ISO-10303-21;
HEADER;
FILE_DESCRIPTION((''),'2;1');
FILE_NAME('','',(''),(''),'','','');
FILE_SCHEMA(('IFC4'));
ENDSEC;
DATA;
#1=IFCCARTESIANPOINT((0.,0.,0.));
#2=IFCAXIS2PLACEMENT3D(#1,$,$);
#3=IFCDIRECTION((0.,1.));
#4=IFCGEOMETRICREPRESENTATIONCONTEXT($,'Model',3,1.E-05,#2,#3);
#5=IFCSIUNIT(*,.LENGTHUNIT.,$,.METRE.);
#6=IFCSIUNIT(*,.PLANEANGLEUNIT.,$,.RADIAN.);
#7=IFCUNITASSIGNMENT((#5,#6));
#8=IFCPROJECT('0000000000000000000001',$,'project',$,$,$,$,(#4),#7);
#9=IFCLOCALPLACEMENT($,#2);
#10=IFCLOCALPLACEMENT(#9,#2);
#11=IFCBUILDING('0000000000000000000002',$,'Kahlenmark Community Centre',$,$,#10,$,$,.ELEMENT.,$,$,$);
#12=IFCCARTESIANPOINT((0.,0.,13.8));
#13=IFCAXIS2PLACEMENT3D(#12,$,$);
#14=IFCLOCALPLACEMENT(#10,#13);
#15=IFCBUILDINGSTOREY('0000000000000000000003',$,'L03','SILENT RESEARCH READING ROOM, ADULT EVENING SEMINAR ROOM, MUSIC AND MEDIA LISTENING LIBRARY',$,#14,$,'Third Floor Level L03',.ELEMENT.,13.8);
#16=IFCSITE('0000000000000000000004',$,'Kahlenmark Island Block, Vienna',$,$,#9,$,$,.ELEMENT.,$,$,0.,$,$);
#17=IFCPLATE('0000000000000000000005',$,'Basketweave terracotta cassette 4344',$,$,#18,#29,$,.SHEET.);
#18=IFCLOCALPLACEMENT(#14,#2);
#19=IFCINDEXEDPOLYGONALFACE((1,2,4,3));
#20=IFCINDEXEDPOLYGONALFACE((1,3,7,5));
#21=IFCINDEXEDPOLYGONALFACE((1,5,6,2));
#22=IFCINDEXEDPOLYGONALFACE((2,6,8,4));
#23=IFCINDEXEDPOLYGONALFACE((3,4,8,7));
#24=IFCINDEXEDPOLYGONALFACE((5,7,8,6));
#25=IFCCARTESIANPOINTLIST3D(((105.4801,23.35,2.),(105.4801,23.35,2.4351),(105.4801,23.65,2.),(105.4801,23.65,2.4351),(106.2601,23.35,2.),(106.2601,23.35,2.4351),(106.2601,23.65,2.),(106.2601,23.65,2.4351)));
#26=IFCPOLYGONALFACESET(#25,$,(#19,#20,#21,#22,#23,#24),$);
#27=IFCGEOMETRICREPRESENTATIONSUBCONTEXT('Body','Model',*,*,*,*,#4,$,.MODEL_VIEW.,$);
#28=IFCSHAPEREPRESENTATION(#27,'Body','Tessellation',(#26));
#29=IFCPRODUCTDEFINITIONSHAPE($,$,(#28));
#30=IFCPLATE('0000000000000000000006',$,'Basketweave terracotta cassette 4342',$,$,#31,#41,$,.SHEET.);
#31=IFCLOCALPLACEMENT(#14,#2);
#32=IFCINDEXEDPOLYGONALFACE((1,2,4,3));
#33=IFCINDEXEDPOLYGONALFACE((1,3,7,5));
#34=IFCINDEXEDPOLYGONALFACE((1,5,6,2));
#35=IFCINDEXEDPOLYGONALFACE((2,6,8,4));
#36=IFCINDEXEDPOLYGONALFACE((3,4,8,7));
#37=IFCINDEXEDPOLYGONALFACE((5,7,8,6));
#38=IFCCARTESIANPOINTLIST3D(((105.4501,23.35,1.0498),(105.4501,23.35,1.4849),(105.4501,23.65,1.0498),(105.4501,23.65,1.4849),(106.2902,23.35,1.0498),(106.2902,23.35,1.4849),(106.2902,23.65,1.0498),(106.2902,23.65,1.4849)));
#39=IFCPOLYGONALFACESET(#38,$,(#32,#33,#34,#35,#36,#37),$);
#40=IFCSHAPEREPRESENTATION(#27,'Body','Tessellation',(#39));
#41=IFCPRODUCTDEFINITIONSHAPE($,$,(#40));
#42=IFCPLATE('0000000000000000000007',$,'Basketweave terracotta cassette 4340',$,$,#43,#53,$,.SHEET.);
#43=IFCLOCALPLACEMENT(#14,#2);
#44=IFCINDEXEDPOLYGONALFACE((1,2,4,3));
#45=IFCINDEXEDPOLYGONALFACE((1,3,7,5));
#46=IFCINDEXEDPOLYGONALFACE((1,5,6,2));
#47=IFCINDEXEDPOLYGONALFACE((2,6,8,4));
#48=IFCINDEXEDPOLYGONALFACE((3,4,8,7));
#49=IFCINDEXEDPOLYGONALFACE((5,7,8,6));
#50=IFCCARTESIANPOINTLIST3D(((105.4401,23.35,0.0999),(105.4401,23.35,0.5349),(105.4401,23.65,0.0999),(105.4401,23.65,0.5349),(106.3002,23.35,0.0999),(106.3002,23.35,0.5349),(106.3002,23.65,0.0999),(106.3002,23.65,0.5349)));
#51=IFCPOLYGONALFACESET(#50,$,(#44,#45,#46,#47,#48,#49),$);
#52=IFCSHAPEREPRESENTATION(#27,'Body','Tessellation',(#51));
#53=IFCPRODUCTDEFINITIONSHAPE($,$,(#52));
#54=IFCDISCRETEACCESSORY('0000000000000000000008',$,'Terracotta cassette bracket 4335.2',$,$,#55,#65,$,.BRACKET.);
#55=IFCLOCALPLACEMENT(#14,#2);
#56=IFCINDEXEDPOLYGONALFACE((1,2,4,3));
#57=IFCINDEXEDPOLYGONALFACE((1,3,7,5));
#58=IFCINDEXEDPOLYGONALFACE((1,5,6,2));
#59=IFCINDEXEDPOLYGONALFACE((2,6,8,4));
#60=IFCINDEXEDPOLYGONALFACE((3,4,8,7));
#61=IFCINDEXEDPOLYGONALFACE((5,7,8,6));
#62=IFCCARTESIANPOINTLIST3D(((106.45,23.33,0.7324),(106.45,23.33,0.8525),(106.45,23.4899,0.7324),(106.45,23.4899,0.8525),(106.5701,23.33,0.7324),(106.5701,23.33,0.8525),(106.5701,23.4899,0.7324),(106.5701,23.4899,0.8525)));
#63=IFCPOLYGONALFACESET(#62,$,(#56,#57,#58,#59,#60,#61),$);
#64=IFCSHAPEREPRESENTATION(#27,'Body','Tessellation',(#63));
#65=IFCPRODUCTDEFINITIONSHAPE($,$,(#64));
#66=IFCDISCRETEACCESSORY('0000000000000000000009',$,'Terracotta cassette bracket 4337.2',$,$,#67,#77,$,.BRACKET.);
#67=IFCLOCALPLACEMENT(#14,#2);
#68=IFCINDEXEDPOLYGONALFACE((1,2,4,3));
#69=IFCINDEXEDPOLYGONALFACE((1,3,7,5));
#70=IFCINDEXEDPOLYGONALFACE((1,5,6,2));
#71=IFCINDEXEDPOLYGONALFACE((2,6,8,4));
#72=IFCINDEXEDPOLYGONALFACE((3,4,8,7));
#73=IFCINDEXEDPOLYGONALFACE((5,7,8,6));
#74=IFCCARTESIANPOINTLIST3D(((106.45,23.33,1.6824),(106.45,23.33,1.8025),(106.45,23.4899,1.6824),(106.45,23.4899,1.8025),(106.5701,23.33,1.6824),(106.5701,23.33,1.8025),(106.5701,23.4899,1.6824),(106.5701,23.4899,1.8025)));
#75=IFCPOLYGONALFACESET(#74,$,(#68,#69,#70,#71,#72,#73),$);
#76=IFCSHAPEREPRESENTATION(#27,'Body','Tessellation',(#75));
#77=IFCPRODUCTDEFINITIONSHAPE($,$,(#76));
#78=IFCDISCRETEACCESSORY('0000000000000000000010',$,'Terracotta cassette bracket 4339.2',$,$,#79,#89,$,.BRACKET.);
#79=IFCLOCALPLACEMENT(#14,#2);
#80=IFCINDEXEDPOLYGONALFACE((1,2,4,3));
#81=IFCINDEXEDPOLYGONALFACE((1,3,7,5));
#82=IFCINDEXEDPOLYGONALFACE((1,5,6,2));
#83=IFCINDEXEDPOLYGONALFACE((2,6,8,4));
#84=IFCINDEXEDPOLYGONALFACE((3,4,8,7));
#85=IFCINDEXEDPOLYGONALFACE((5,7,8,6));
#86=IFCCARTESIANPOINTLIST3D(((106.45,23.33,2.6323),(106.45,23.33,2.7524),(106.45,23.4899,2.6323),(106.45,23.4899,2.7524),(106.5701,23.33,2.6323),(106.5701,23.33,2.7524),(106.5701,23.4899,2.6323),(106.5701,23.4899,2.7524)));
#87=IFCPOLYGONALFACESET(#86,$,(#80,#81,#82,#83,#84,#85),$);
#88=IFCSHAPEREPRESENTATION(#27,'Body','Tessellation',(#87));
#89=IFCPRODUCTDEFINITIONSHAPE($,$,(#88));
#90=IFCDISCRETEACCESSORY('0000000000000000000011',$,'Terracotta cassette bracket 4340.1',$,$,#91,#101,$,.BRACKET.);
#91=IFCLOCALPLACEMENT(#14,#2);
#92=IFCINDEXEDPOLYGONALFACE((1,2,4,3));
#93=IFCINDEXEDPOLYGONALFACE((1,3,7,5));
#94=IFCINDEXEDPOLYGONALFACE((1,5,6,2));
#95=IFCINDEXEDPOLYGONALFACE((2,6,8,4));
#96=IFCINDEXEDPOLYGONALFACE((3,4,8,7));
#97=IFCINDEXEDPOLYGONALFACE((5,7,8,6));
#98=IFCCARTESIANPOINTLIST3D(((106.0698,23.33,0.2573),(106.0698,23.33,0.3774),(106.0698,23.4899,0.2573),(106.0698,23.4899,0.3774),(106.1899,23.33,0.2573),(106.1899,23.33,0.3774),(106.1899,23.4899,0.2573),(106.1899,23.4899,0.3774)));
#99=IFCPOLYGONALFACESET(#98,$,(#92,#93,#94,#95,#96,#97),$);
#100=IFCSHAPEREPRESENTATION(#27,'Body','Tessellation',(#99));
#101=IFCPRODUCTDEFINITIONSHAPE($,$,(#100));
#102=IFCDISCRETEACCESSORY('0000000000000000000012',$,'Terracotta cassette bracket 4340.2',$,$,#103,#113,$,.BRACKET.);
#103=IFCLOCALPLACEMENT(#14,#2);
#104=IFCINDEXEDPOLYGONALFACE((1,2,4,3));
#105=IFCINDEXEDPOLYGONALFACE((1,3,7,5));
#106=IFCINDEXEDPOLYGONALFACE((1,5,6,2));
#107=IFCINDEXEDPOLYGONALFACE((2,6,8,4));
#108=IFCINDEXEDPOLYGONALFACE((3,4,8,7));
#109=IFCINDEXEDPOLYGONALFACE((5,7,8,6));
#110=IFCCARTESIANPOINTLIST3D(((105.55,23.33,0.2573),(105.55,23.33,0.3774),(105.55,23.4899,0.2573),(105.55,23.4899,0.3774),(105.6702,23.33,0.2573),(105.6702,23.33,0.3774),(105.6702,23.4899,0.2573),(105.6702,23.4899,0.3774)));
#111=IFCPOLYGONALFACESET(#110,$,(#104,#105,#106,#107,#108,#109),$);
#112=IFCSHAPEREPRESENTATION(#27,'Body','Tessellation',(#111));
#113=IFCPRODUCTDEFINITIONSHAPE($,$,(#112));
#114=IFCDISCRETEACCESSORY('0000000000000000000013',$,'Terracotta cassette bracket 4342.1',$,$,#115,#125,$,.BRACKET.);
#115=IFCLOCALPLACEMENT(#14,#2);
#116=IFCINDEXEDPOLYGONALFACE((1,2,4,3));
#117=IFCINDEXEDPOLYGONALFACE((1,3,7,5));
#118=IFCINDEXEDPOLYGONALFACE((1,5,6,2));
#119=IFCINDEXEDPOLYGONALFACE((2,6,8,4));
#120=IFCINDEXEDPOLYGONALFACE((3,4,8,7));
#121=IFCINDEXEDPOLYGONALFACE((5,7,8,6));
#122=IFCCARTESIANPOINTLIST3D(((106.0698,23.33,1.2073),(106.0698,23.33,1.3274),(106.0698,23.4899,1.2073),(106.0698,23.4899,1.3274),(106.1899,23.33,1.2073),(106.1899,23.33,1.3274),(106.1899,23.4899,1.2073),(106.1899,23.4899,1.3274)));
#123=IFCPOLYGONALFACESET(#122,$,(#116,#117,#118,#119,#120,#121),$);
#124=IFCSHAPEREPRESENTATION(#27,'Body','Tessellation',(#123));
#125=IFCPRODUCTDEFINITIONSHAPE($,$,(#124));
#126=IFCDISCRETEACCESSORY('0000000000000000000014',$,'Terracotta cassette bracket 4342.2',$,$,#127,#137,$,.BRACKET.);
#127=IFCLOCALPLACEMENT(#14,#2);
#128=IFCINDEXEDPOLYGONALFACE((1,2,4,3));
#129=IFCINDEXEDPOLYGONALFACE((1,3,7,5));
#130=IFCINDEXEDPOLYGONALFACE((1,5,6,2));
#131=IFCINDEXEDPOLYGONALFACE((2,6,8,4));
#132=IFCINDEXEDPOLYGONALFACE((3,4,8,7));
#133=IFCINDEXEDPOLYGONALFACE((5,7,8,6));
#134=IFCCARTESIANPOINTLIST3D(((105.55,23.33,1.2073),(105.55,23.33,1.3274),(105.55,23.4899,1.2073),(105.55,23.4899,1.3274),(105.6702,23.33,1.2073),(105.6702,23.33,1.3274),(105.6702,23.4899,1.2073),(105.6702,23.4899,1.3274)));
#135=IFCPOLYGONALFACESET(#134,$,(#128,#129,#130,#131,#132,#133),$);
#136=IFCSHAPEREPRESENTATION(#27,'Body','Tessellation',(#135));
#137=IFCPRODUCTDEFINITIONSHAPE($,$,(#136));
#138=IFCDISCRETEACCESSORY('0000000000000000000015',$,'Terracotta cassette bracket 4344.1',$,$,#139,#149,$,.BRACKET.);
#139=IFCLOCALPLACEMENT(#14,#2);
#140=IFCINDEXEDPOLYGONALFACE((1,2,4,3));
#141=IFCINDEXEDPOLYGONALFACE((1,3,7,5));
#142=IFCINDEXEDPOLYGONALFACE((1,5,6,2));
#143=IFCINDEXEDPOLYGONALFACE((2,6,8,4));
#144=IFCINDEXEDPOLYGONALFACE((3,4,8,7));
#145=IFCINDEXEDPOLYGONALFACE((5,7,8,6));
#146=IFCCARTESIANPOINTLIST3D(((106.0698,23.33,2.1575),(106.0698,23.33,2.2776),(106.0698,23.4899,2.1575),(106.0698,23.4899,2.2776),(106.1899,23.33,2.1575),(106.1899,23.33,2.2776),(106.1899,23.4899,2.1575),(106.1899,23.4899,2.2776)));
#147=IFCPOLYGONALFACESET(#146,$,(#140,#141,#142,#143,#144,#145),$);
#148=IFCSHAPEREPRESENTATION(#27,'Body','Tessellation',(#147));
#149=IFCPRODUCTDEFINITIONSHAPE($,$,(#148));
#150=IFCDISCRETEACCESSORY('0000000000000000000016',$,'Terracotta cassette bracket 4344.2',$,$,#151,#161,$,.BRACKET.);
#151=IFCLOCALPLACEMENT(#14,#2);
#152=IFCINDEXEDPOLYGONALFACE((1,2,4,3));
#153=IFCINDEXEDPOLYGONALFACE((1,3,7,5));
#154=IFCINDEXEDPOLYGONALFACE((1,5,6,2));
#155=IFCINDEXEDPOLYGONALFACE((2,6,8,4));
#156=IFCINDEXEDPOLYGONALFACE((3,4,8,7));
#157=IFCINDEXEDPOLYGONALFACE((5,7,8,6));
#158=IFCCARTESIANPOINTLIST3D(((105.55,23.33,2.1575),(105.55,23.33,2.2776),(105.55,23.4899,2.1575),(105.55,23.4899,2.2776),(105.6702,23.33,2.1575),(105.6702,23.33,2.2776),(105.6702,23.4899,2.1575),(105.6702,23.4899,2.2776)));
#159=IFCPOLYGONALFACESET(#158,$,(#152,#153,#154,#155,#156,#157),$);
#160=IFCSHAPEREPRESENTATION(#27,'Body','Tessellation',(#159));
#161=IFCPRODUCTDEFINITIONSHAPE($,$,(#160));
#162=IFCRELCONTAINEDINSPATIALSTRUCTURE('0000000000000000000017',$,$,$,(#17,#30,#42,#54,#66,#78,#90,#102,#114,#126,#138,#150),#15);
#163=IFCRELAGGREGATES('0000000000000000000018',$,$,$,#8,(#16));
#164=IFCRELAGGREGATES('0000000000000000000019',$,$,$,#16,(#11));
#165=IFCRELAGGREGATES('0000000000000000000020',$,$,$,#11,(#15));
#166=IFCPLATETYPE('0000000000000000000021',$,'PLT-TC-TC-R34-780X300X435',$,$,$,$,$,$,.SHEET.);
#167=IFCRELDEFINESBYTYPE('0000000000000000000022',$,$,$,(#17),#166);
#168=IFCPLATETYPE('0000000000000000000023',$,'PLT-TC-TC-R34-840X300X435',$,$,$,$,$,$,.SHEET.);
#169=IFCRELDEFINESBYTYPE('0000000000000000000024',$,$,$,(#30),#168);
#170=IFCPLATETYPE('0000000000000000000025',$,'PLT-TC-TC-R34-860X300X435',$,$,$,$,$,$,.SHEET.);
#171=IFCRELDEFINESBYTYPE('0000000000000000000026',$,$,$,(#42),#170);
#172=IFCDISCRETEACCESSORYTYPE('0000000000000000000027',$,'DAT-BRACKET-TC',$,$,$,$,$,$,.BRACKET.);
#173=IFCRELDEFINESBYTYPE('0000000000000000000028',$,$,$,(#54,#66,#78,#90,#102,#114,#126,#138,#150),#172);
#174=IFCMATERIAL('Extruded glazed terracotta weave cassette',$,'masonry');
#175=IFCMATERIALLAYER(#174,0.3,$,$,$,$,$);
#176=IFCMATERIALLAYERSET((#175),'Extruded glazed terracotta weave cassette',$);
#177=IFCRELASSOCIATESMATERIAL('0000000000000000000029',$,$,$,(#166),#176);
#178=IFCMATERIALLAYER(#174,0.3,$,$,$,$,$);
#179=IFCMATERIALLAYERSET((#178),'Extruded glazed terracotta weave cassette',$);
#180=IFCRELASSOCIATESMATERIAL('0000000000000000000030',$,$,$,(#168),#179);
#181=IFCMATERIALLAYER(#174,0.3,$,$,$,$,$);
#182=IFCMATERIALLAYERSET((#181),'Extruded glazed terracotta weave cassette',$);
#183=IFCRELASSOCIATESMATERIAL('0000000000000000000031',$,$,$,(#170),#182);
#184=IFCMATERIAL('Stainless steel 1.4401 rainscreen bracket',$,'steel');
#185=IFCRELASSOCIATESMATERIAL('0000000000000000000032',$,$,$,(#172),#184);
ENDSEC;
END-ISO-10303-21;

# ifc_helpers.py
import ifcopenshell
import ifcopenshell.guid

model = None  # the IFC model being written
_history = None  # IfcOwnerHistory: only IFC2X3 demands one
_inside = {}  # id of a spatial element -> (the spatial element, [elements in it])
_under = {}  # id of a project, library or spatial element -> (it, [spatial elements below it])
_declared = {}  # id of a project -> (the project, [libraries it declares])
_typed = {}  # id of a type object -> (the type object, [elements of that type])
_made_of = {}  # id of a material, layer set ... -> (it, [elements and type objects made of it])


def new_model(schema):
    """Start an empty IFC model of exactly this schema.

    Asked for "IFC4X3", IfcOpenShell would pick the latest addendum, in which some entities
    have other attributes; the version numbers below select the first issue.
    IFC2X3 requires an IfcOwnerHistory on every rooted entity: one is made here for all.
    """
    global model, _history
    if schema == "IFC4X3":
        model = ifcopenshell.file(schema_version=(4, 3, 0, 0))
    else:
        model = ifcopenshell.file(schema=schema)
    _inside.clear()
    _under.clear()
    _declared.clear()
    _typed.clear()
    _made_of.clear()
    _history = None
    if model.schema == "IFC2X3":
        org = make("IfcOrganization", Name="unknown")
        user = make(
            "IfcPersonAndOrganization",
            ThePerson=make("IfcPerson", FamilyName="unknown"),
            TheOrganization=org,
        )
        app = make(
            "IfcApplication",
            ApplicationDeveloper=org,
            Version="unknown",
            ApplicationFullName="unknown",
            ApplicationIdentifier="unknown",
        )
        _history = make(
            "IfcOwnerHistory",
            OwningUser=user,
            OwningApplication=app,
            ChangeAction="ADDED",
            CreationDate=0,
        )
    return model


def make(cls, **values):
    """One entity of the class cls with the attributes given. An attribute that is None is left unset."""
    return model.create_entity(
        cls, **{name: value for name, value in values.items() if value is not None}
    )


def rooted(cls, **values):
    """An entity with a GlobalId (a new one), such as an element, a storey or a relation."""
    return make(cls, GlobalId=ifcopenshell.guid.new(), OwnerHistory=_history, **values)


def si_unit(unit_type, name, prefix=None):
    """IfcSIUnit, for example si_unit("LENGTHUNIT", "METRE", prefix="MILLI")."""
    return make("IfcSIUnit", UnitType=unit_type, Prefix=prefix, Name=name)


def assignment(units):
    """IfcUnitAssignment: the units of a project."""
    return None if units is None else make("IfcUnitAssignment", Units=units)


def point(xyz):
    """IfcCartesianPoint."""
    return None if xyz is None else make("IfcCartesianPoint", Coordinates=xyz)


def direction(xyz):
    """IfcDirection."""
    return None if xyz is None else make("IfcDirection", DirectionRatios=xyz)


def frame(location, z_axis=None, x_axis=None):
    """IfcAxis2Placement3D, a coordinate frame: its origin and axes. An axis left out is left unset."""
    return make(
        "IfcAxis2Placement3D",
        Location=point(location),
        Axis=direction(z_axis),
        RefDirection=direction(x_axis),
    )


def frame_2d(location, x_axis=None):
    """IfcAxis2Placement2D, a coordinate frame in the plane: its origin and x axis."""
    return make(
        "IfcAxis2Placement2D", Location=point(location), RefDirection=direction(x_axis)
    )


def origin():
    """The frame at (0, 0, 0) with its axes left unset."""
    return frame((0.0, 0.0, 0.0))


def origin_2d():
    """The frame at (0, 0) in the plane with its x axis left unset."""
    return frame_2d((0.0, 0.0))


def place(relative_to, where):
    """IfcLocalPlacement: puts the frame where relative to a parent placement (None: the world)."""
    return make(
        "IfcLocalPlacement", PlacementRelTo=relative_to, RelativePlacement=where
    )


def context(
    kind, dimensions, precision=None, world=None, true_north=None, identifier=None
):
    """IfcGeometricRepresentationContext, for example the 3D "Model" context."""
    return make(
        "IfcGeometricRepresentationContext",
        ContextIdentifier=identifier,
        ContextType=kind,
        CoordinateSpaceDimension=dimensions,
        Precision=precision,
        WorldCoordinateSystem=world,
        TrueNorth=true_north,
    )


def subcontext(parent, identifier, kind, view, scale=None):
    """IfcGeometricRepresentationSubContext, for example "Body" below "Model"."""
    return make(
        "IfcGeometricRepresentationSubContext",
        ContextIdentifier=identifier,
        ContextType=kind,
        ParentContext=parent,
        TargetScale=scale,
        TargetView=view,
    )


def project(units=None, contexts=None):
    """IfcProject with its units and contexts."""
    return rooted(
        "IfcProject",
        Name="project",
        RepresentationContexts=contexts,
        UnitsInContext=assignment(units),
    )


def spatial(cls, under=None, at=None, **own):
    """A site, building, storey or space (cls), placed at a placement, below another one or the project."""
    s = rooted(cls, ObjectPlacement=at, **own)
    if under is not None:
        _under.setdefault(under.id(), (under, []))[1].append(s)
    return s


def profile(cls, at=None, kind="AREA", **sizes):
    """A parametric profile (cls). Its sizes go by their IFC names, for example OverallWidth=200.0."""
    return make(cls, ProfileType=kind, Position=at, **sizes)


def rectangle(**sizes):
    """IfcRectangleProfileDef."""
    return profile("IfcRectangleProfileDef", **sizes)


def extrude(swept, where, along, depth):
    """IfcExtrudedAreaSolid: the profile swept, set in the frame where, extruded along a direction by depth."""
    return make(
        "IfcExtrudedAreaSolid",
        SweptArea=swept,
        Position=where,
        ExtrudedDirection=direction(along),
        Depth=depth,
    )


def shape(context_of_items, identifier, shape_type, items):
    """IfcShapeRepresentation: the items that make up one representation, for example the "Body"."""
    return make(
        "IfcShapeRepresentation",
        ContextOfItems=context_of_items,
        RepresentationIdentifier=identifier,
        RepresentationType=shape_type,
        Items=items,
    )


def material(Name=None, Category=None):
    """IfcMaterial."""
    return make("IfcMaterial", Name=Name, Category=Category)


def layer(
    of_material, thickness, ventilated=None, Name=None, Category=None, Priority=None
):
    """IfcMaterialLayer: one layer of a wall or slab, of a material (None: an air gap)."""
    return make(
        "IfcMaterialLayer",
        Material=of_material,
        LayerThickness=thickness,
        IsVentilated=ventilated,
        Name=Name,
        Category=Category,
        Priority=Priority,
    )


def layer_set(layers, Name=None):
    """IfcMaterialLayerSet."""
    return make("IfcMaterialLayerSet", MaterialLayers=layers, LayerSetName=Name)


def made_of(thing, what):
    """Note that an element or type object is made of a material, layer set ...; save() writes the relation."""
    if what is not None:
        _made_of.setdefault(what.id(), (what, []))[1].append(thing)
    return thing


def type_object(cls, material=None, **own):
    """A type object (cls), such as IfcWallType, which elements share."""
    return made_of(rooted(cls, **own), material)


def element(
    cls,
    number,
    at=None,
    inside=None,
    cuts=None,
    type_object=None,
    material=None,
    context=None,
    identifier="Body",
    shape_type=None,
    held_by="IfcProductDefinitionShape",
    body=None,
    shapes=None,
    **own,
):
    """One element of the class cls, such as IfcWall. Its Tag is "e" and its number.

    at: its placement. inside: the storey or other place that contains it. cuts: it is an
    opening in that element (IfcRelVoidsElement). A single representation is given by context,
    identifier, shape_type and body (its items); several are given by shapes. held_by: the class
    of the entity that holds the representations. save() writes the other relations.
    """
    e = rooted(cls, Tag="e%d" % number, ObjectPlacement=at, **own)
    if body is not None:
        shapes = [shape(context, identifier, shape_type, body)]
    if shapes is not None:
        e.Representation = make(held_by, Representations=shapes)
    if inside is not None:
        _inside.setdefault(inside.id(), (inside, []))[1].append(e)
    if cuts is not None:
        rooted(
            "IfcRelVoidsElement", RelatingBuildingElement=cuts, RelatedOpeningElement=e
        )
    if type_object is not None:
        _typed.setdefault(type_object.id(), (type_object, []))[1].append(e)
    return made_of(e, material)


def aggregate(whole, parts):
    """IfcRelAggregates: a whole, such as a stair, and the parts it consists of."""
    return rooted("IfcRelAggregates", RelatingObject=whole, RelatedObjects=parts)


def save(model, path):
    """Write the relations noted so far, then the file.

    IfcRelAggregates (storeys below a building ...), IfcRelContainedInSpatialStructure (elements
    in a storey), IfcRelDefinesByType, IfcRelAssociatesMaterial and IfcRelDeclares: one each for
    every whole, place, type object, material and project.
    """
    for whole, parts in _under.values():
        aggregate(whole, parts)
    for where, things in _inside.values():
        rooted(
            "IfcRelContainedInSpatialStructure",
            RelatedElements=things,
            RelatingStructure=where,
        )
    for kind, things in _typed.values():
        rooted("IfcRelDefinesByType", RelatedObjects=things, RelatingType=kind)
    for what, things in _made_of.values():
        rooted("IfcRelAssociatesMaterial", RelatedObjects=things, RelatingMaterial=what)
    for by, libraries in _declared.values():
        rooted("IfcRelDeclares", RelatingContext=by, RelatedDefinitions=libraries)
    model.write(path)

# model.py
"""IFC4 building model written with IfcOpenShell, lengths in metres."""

from ifc_helpers import new_model, si_unit, direction, frame, origin, origin_2d, place, context, subcontext, project, spatial, rectangle, extrude, material, layer, layer_set, type_object, element, save


model = new_model("IFC4")

# Units and contexts
model_context = context("Model", 3, precision=1e-05, world=origin(), true_north=direction((0.0, 1.0)))
body_context = subcontext(model_context, "Body", "Model", "MODEL_VIEW")
ifc_project = project(units=[si_unit("LENGTHUNIT", "METRE"), si_unit("PLANEANGLEUNIT", "RADIAN")], contexts=[model_context])

# Site, building, storey
site_placement = place(None, origin())
site = spatial("IfcSite", under=ifc_project, at=site_placement, Name="Kahlenmark Island Block, Vienna", CompositionType="ELEMENT", RefElevation=0.0)
building_placement = place(site_placement, origin())
building = spatial("IfcBuilding", under=site, at=building_placement, Name="Kahlenmark Community Centre", CompositionType="ELEMENT")
storey_placement = place(building_placement, frame((0.0, 0.0, 13.8)))
storey = spatial("IfcBuildingStorey", under=building, at=storey_placement, Name="L03", Description="SILENT RESEARCH READING ROOM, ADULT EVENING SEMINAR ROOM, MUSIC AND MEDIA LISTENING LIBRARY", LongName="Third Floor Level L03", CompositionType="ELEMENT", Elevation=13.8)

# Plates
ifc_material_1 = material(Name="Extruded glazed terracotta weave cassette", Category="masonry")
ifc_layer_1 = layer(ifc_material_1, 0.3)
ifc_layer_set_1 = layer_set([ifc_layer_1], Name="Extruded glazed terracotta weave cassette")
plate_type_1 = type_object("IfcPlateType", Name="PLT-TC-TC-R34-780X300X435", PredefinedType="SHEET", material=ifc_layer_set_1)
plate_1_placement = place(storey_placement, frame((105.8701, 23.5, 2.0), z_axis=(0.0, 0.0, 1.0), x_axis=(-1.0, 0.0, 0.0)))
element("IfcPlate", 1, at=plate_1_placement, inside=storey, type_object=plate_type_1, Name="Basketweave terracotta cassette 4344", PredefinedType="SHEET", context=body_context, shape_type="SweptSolid", body=[
    extrude(rectangle(XDim=0.78, YDim=0.3, at=origin_2d()), origin(), (0.0, 0.0, 1.0), 0.4351),
])
ifc_layer_2 = layer(ifc_material_1, 0.3)
ifc_layer_set_2 = layer_set([ifc_layer_2], Name="Extruded glazed terracotta weave cassette")
plate_type_2 = type_object("IfcPlateType", Name="PLT-TC-TC-R34-840X300X435", PredefinedType="SHEET", material=ifc_layer_set_2)
plate_2_placement = place(storey_placement, frame((105.8701, 23.5, 1.0498), z_axis=(0.0, 0.0, 1.0), x_axis=(-1.0, 0.0, 0.0)))
element("IfcPlate", 2, at=plate_2_placement, inside=storey, type_object=plate_type_2, Name="Basketweave terracotta cassette 4342", PredefinedType="SHEET", context=body_context, shape_type="SweptSolid", body=[
    extrude(rectangle(XDim=0.8401, YDim=0.3, at=origin_2d()), origin(), (0.0, 0.0, 1.0), 0.4351),
])
ifc_layer_3 = layer(ifc_material_1, 0.3)
ifc_layer_set_3 = layer_set([ifc_layer_3], Name="Extruded glazed terracotta weave cassette")
plate_type_3 = type_object("IfcPlateType", Name="PLT-TC-TC-R34-860X300X435", PredefinedType="SHEET", material=ifc_layer_set_3)
plate_3_placement = place(storey_placement, frame((105.8701, 23.5, 0.0999), z_axis=(0.0, 0.0, 1.0), x_axis=(-1.0, 0.0, 0.0)))
element("IfcPlate", 3, at=plate_3_placement, inside=storey, type_object=plate_type_3, Name="Basketweave terracotta cassette 4340", PredefinedType="SHEET", context=body_context, shape_type="SweptSolid", body=[
    extrude(rectangle(XDim=0.8601, YDim=0.3, at=origin_2d()), origin(), (0.0, 0.0, 1.0), 0.4351),
])

# Discrete accessories
ifc_material_2 = material(Name="Stainless steel 1.4401 rainscreen bracket", Category="steel")
discrete_accessory_type = type_object("IfcDiscreteAccessoryType", Name="DAT-BRACKET-TC", PredefinedType="BRACKET", material=ifc_material_2)
for number, where, z_axis, x_axis, name in (
    (4, (106.51, 23.4099, 0.7324), (0.0, 0.0, 1.0), (-1.0, 0.0, 0.0), "Terracotta cassette bracket 4335.2"),
    (5, (106.51, 23.4099, 1.6824), (0.0, 0.0, 1.0), (-1.0, 0.0, 0.0), "Terracotta cassette bracket 4337.2"),
    (6, (106.51, 23.4099, 2.6323), (0.0, 0.0, 1.0), (-1.0, 0.0, 0.0), "Terracotta cassette bracket 4339.2"),
    (7, (106.1299, 23.4099, 0.2573), (0.0, 0.0, 1.0), (-1.0, 0.0, 0.0), "Terracotta cassette bracket 4340.1"),
    (8, (105.6101, 23.4099, 0.2573), (0.0, 0.0, 1.0), (-1.0, 0.0, 0.0), "Terracotta cassette bracket 4340.2"),
    (9, (106.1299, 23.4099, 1.2073), (0.0, 0.0, 1.0), (-1.0, 0.0, 0.0), "Terracotta cassette bracket 4342.1"),
    (10, (105.6101, 23.4099, 1.2073), (0.0, 0.0, 1.0), (-1.0, 0.0, 0.0), "Terracotta cassette bracket 4342.2"),
    (11, (106.1299, 23.4099, 2.1575), (0.0, 0.0, 1.0), (-1.0, 0.0, 0.0), "Terracotta cassette bracket 4344.1"),
    (12, (105.6101, 23.4099, 2.1575), (0.0, 0.0, 1.0), (-1.0, 0.0, 0.0), "Terracotta cassette bracket 4344.2"),
):
    element("IfcDiscreteAccessory", number, at=place(storey_placement, frame(where, z_axis=z_axis, x_axis=x_axis)), inside=storey, type_object=discrete_accessory_type, Name=name, PredefinedType="BRACKET", context=body_context, shape_type="SweptSolid", body=[
        extrude(rectangle(XDim=0.1201, YDim=0.1599, at=origin_2d()), origin(), (0.0, 0.0, 1.0), 0.1201),
    ])

save(model, "model.ifc")
